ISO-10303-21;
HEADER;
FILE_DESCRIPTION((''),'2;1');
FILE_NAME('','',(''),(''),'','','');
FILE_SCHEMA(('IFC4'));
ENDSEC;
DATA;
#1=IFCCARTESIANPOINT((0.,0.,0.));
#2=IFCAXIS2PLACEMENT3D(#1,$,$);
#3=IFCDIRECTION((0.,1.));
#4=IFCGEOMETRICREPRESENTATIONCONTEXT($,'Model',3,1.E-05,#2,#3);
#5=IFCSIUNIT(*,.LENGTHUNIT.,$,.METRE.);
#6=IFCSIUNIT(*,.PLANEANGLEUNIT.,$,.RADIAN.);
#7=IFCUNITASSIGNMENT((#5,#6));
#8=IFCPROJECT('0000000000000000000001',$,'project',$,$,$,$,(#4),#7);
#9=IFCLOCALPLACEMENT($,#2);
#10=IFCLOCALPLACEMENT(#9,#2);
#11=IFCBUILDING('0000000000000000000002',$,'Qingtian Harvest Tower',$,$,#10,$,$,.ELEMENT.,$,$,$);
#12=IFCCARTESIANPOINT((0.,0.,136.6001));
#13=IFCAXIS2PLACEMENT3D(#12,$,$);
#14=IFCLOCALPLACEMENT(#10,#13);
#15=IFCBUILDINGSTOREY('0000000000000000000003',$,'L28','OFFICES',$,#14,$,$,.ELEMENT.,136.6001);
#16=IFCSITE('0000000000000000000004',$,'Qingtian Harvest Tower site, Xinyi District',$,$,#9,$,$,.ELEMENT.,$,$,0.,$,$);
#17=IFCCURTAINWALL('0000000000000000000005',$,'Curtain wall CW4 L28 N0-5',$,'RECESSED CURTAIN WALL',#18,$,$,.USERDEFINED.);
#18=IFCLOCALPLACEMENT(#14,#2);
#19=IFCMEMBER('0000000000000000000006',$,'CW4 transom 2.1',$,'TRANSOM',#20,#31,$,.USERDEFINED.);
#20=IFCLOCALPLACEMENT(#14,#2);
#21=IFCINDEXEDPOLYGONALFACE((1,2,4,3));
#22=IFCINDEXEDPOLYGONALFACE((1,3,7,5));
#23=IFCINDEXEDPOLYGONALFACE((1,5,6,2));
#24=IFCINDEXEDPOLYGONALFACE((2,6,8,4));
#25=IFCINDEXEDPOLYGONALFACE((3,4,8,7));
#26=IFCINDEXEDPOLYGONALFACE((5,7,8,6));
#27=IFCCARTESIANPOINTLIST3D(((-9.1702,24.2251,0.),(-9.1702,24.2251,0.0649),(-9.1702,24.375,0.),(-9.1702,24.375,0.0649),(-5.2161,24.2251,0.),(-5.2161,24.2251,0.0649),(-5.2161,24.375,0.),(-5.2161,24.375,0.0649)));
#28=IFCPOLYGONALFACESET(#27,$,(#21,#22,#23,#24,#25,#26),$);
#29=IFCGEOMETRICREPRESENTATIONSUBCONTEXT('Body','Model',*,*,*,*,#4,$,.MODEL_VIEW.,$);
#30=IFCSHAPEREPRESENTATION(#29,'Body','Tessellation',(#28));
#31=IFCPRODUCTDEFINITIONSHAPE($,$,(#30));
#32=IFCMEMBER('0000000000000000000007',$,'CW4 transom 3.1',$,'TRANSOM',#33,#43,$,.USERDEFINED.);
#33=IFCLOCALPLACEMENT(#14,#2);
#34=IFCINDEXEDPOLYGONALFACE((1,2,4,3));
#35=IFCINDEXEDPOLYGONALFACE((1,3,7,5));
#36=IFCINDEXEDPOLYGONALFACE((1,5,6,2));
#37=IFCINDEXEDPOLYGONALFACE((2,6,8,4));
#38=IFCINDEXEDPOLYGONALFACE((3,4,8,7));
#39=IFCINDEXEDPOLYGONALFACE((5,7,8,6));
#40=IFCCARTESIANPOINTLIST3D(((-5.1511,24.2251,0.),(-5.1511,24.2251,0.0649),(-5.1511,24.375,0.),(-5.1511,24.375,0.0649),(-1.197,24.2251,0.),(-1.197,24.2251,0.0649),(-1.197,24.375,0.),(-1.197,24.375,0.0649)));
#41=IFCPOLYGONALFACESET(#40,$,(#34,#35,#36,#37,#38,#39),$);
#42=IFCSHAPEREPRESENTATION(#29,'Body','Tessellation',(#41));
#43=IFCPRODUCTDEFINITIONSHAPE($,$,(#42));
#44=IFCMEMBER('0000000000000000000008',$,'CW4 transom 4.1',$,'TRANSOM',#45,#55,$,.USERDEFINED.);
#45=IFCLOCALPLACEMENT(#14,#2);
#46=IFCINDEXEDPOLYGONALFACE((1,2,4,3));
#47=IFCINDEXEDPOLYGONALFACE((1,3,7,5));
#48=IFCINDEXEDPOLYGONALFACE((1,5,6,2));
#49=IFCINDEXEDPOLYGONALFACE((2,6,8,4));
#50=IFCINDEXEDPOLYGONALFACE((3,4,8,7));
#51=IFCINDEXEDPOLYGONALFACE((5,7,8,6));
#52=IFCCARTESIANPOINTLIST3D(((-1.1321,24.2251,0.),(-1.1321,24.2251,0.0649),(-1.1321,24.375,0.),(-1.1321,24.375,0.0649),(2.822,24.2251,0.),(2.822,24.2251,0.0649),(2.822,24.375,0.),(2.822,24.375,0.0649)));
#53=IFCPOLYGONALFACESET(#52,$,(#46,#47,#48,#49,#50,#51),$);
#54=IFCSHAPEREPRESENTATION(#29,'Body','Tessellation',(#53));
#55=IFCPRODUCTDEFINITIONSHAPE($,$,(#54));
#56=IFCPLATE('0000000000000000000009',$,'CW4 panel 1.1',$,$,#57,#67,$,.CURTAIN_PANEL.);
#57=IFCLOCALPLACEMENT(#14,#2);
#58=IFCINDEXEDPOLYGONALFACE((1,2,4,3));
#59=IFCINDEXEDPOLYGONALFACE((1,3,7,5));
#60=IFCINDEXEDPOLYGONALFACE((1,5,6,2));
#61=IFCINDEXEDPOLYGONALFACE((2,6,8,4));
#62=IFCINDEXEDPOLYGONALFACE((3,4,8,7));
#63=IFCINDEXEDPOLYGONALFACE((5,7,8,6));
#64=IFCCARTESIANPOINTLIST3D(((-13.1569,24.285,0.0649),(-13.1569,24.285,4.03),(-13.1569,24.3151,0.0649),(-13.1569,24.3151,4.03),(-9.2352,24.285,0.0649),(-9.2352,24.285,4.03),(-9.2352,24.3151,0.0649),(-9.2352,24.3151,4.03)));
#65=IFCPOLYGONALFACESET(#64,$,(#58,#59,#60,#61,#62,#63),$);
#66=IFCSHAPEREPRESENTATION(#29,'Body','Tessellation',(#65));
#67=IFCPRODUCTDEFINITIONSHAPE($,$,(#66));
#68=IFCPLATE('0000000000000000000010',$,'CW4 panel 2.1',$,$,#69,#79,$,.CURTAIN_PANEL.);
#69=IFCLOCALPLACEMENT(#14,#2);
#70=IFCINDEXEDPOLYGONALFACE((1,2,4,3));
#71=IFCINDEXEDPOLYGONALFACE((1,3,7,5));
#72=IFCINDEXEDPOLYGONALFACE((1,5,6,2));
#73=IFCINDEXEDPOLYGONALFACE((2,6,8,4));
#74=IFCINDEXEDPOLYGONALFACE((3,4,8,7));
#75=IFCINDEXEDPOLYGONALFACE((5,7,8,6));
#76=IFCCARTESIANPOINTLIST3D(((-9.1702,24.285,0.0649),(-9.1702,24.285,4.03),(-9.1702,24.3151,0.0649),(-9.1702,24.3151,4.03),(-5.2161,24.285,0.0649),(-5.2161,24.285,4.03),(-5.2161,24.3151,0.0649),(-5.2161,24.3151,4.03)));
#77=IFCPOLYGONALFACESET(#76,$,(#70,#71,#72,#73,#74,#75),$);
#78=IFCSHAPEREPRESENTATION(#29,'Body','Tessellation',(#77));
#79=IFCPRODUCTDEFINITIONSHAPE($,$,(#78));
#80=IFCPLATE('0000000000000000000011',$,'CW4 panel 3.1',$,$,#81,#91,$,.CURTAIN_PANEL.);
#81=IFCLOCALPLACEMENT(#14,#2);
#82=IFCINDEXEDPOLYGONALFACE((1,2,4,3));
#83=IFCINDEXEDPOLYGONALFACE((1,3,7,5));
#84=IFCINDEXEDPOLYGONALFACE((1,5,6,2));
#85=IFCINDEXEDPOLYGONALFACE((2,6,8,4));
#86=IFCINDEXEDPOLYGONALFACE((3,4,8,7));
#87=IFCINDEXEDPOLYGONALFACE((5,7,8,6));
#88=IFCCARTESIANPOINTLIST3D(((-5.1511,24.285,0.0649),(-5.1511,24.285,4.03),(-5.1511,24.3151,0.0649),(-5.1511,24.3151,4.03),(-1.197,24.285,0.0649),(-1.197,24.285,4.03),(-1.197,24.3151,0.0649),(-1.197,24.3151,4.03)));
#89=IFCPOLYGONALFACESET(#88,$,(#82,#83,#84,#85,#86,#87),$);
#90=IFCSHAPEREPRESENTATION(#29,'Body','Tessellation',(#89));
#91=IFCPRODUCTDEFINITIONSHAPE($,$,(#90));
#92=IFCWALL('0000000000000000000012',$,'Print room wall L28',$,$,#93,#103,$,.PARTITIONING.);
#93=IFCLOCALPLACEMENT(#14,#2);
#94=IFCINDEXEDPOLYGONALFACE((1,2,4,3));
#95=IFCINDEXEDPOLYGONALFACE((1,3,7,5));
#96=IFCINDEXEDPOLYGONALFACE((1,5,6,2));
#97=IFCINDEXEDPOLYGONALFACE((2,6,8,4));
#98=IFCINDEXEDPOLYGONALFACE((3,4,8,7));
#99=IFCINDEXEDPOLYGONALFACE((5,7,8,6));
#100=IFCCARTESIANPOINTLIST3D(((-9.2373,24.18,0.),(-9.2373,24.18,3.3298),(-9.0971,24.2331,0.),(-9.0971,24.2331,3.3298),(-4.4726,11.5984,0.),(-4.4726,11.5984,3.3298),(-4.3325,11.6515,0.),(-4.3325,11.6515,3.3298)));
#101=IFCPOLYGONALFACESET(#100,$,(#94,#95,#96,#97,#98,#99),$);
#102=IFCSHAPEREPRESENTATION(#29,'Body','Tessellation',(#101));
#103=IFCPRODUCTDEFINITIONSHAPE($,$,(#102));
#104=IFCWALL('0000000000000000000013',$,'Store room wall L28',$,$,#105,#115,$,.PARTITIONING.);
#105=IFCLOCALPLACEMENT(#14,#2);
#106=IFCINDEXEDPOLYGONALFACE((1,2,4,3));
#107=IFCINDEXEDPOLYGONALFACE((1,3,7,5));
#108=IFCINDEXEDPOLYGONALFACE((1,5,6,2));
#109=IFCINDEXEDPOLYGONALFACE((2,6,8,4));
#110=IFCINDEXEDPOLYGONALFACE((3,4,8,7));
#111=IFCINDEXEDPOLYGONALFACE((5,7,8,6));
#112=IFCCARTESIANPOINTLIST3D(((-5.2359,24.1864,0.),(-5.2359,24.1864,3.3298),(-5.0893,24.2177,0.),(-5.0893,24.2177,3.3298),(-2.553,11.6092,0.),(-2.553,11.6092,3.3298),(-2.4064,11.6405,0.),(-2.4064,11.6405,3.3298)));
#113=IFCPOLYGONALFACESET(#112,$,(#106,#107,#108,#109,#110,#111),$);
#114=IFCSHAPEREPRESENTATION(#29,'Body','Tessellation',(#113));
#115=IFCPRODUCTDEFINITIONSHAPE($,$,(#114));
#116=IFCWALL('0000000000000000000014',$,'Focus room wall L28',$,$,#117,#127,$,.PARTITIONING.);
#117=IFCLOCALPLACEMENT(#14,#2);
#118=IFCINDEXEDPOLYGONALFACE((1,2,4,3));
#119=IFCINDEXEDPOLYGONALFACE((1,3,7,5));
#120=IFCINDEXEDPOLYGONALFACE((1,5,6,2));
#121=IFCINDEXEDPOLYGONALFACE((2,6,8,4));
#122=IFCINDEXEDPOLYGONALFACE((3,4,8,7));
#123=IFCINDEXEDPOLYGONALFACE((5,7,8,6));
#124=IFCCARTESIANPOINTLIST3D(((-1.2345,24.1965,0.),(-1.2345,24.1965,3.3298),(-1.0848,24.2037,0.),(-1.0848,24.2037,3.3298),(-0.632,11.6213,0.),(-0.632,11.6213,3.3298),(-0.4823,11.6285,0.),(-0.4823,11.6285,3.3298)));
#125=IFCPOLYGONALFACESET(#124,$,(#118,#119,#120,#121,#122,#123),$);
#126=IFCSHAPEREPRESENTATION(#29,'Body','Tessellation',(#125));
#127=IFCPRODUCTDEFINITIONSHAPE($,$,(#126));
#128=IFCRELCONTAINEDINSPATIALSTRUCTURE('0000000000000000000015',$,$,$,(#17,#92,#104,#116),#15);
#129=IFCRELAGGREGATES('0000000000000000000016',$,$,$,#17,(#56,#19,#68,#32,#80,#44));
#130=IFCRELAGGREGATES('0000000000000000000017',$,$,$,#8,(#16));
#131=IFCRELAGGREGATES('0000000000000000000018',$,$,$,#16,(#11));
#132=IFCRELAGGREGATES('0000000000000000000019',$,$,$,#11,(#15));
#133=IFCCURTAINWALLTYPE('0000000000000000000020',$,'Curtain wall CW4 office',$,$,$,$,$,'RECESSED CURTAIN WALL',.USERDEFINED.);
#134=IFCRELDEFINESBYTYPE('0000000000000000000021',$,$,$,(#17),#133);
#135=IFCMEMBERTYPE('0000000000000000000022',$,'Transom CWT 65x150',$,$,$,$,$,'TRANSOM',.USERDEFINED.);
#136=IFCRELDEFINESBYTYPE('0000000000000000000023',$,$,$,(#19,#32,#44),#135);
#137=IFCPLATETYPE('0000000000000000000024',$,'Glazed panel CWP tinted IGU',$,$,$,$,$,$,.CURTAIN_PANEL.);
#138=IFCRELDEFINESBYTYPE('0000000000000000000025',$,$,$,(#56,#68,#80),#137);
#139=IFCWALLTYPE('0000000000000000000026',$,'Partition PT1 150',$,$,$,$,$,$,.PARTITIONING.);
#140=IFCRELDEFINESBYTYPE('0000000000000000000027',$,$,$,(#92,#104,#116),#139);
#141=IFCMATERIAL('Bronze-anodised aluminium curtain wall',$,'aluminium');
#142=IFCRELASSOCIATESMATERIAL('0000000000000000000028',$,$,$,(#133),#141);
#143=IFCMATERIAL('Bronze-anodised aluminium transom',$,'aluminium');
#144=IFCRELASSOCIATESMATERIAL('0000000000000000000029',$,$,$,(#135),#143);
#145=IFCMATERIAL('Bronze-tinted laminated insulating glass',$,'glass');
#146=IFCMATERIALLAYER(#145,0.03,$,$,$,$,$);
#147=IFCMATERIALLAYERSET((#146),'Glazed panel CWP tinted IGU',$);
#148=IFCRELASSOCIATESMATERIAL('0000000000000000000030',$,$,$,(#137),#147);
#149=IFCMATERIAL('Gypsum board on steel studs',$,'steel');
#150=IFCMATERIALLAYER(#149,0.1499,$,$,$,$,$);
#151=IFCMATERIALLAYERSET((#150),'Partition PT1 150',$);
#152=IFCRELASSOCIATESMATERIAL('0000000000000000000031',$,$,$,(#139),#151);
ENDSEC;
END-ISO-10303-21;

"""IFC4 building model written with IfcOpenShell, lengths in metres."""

from ifc_helpers import new_model, si_unit, direction, frame, frame_2d, origin, origin_2d, place, context, subcontext, project, spatial, rectangle, extrude, material, layer, layer_set, material_profile, profile_set, type_object, element, aggregate, save


model = new_model("IFC4")

# Units and contexts
model_context = context("Model", 3, precision=1e-05, world=origin(), true_north=direction((0.0, 1.0)))
body_context = subcontext(model_context, "Body", "Model", "MODEL_VIEW")
ifc_project = project(units=[si_unit("LENGTHUNIT", "METRE"), si_unit("PLANEANGLEUNIT", "RADIAN")], contexts=[model_context])

# Site, building, storey
site_placement = place(None, origin())
site = spatial("IfcSite", under=ifc_project, at=site_placement, Name="Qingtian Harvest Tower site, Xinyi District", CompositionType="ELEMENT", RefElevation=0.0)
building_placement = place(site_placement, origin())
building = spatial("IfcBuilding", under=site, at=building_placement, Name="Qingtian Harvest Tower", CompositionType="ELEMENT")
storey_placement = place(building_placement, frame((0.0, 0.0, 136.6001)))
storey = spatial("IfcBuildingStorey", under=building, at=storey_placement, Name="L28", Description="OFFICES", CompositionType="ELEMENT", Elevation=136.6001)

# Curtain wall
ifc_material_1 = material(Name="Bronze-anodised aluminium curtain wall", Category="aluminium")
curtain_wall_type = type_object("IfcCurtainWallType", Name="Curtain wall CW4 office", ElementType="RECESSED CURTAIN WALL", PredefinedType="USERDEFINED", material=ifc_material_1)
curtain_wall_placement = place(storey_placement, origin())
curtain_wall = element("IfcCurtainWall", 1, at=curtain_wall_placement, inside=storey, type_object=curtain_wall_type, Name="Curtain wall CW4 L28 N0-5", ObjectType="RECESSED CURTAIN WALL", PredefinedType="USERDEFINED")

# Members
ifc_material_2 = material(Name="Bronze-anodised aluminium transom", Category="aluminium")
ifc_material_profile_1 = material_profile(ifc_material_2, rectangle(XDim=0.1499, YDim=0.0649, at=origin_2d()), Name="AL 65x150")
ifc_profile_set_1 = profile_set([ifc_material_profile_1], Name="Bronze-anodised aluminium transom")
member_type_1 = type_object("IfcMemberType", Name="Transom CWT 65x150", ElementType="TRANSOM", PredefinedType="USERDEFINED", material=ifc_profile_set_1)
member_1_placement = place(storey_placement, frame((-9.1702, 24.3, 0.0325), z_axis=(1.0, 0.0, 0.0), x_axis=(0.0, 1.0, 0.0)))
member_1 = element("IfcMember", 2, at=member_1_placement, type_object=member_type_1, Name="CW4 transom 2.1", ObjectType="TRANSOM", PredefinedType="USERDEFINED", context=body_context, shape_type="SweptSolid", body=[
    extrude(rectangle(XDim=0.1499, YDim=0.0649, at=origin_2d()), origin(), (0.0, 0.0, 1.0), 3.9541),
])
member_2_placement = place(storey_placement, frame((-5.1511, 24.3, 0.0325), z_axis=(1.0, 0.0, 0.0), x_axis=(0.0, 1.0, 0.0)))
member_2 = element("IfcMember", 3, at=member_2_placement, type_object=member_type_1, Name="CW4 transom 3.1", ObjectType="TRANSOM", PredefinedType="USERDEFINED", context=body_context, shape_type="SweptSolid", body=[
    extrude(rectangle(XDim=0.1499, YDim=0.0649, at=origin_2d()), origin(), (0.0, 0.0, 1.0), 3.9541),
])
member_3_placement = place(storey_placement, frame((-1.1321, 24.3, 0.0325), z_axis=(1.0, 0.0, 0.0), x_axis=(0.0, 1.0, 0.0)))
member_3 = element("IfcMember", 4, at=member_3_placement, type_object=member_type_1, Name="CW4 transom 4.1", ObjectType="TRANSOM", PredefinedType="USERDEFINED", context=body_context, shape_type="SweptSolid", body=[
    extrude(rectangle(XDim=0.1499, YDim=0.0649, at=origin_2d()), origin(), (0.0, 0.0, 1.0), 3.9541),
])

# Plates
ifc_material_3 = material(Name="Bronze-tinted laminated insulating glass", Category="glass")
ifc_layer_1 = layer(ifc_material_3, 0.03)
ifc_layer_set_1 = layer_set([ifc_layer_1], Name="Glazed panel CWP tinted IGU")
plate_type = type_object("IfcPlateType", Name="Glazed panel CWP tinted IGU", PredefinedType="CURTAIN_PANEL", material=ifc_layer_set_1)
plate_1_placement = place(storey_placement, frame((-11.196, 24.3, 0.0649), z_axis=(0.0, 0.0, 1.0), x_axis=(1.0, 0.0, 0.0)))
plate_1 = element("IfcPlate", 5, at=plate_1_placement, type_object=plate_type, Name="CW4 panel 1.1", PredefinedType="CURTAIN_PANEL", context=body_context, shape_type="SweptSolid", body=[
    extrude(rectangle(XDim=3.9216, YDim=0.03, at=origin_2d()), origin(), (0.0, 0.0, 1.0), 3.9651),
])
plate_2_placement = place(storey_placement, frame((-7.1931, 24.3, 0.0649), z_axis=(0.0, 0.0, 1.0), x_axis=(1.0, 0.0, 0.0)))
plate_2 = element("IfcPlate", 6, at=plate_2_placement, type_object=plate_type, Name="CW4 panel 2.1", PredefinedType="CURTAIN_PANEL", context=body_context, shape_type="SweptSolid", body=[
    extrude(rectangle(XDim=3.9541, YDim=0.03, at=origin_2d()), origin(), (0.0, 0.0, 1.0), 3.9651),
])
plate_3_placement = place(storey_placement, frame((-3.1741, 24.3, 0.0649), z_axis=(0.0, 0.0, 1.0), x_axis=(1.0, 0.0, 0.0)))
plate_3 = element("IfcPlate", 7, at=plate_3_placement, type_object=plate_type, Name="CW4 panel 3.1", PredefinedType="CURTAIN_PANEL", context=body_context, shape_type="SweptSolid", body=[
    extrude(rectangle(XDim=3.9541, YDim=0.03, at=origin_2d()), origin(), (0.0, 0.0, 1.0), 3.9651),
])
aggregate(curtain_wall, [plate_1, member_1, plate_2, member_2, plate_3, member_3])

# Walls
ifc_material_4 = material(Name="Gypsum board on steel studs", Category="steel")
ifc_layer_2 = layer(ifc_material_4, 0.1499)
ifc_layer_set_2 = layer_set([ifc_layer_2], Name="Partition PT1 150")
wall_type = type_object("IfcWallType", Name="Partition PT1 150", PredefinedType="PARTITIONING", material=ifc_layer_set_2)
wall_1_placement = place(storey_placement, frame((-9.1672, 24.2065, 0.0), z_axis=(0.0, 0.0, 1.0), x_axis=(0.354156, -0.935186, 0.0)))
element("IfcWall", 8, at=wall_1_placement, inside=storey, type_object=wall_type, Name="Print room wall L28", PredefinedType="PARTITIONING", context=body_context, shape_type="SweptSolid", body=[
    extrude(rectangle(XDim=13.4536, YDim=0.1499, at=frame_2d((6.7268, 0.0))), origin(), (0.0, 0.0, 1.0), 3.3298),
])
wall_2_placement = place(storey_placement, frame((-5.1626, 24.2021, 0.0), z_axis=(0.0, 0.0, 1.0), x_axis=(0.208619, -0.977997, 0.0)))
element("IfcWall", 9, at=wall_2_placement, inside=storey, type_object=wall_type, Name="Store room wall L28", PredefinedType="PARTITIONING", context=body_context, shape_type="SweptSolid", body=[
    extrude(rectangle(XDim=12.8601, YDim=0.1499, at=frame_2d((6.4302, 0.0))), origin(), (0.0, 0.0, 1.0), 3.3298),
])
wall_3_placement = place(storey_placement, frame((-1.1597, 24.2002, 0.0), z_axis=(0.0, 0.0, 1.0), x_axis=(0.04786, -0.998854, 0.0)))
element("IfcWall", 10, at=wall_3_placement, inside=storey, type_object=wall_type, Name="Focus room wall L28", PredefinedType="PARTITIONING", context=body_context, shape_type="SweptSolid", body=[
    extrude(rectangle(XDim=12.5896, YDim=0.1499, at=frame_2d((6.2949, 0.0))), origin(), (0.0, 0.0, 1.0), 3.3298),
])

save(model, "model.ifc")
